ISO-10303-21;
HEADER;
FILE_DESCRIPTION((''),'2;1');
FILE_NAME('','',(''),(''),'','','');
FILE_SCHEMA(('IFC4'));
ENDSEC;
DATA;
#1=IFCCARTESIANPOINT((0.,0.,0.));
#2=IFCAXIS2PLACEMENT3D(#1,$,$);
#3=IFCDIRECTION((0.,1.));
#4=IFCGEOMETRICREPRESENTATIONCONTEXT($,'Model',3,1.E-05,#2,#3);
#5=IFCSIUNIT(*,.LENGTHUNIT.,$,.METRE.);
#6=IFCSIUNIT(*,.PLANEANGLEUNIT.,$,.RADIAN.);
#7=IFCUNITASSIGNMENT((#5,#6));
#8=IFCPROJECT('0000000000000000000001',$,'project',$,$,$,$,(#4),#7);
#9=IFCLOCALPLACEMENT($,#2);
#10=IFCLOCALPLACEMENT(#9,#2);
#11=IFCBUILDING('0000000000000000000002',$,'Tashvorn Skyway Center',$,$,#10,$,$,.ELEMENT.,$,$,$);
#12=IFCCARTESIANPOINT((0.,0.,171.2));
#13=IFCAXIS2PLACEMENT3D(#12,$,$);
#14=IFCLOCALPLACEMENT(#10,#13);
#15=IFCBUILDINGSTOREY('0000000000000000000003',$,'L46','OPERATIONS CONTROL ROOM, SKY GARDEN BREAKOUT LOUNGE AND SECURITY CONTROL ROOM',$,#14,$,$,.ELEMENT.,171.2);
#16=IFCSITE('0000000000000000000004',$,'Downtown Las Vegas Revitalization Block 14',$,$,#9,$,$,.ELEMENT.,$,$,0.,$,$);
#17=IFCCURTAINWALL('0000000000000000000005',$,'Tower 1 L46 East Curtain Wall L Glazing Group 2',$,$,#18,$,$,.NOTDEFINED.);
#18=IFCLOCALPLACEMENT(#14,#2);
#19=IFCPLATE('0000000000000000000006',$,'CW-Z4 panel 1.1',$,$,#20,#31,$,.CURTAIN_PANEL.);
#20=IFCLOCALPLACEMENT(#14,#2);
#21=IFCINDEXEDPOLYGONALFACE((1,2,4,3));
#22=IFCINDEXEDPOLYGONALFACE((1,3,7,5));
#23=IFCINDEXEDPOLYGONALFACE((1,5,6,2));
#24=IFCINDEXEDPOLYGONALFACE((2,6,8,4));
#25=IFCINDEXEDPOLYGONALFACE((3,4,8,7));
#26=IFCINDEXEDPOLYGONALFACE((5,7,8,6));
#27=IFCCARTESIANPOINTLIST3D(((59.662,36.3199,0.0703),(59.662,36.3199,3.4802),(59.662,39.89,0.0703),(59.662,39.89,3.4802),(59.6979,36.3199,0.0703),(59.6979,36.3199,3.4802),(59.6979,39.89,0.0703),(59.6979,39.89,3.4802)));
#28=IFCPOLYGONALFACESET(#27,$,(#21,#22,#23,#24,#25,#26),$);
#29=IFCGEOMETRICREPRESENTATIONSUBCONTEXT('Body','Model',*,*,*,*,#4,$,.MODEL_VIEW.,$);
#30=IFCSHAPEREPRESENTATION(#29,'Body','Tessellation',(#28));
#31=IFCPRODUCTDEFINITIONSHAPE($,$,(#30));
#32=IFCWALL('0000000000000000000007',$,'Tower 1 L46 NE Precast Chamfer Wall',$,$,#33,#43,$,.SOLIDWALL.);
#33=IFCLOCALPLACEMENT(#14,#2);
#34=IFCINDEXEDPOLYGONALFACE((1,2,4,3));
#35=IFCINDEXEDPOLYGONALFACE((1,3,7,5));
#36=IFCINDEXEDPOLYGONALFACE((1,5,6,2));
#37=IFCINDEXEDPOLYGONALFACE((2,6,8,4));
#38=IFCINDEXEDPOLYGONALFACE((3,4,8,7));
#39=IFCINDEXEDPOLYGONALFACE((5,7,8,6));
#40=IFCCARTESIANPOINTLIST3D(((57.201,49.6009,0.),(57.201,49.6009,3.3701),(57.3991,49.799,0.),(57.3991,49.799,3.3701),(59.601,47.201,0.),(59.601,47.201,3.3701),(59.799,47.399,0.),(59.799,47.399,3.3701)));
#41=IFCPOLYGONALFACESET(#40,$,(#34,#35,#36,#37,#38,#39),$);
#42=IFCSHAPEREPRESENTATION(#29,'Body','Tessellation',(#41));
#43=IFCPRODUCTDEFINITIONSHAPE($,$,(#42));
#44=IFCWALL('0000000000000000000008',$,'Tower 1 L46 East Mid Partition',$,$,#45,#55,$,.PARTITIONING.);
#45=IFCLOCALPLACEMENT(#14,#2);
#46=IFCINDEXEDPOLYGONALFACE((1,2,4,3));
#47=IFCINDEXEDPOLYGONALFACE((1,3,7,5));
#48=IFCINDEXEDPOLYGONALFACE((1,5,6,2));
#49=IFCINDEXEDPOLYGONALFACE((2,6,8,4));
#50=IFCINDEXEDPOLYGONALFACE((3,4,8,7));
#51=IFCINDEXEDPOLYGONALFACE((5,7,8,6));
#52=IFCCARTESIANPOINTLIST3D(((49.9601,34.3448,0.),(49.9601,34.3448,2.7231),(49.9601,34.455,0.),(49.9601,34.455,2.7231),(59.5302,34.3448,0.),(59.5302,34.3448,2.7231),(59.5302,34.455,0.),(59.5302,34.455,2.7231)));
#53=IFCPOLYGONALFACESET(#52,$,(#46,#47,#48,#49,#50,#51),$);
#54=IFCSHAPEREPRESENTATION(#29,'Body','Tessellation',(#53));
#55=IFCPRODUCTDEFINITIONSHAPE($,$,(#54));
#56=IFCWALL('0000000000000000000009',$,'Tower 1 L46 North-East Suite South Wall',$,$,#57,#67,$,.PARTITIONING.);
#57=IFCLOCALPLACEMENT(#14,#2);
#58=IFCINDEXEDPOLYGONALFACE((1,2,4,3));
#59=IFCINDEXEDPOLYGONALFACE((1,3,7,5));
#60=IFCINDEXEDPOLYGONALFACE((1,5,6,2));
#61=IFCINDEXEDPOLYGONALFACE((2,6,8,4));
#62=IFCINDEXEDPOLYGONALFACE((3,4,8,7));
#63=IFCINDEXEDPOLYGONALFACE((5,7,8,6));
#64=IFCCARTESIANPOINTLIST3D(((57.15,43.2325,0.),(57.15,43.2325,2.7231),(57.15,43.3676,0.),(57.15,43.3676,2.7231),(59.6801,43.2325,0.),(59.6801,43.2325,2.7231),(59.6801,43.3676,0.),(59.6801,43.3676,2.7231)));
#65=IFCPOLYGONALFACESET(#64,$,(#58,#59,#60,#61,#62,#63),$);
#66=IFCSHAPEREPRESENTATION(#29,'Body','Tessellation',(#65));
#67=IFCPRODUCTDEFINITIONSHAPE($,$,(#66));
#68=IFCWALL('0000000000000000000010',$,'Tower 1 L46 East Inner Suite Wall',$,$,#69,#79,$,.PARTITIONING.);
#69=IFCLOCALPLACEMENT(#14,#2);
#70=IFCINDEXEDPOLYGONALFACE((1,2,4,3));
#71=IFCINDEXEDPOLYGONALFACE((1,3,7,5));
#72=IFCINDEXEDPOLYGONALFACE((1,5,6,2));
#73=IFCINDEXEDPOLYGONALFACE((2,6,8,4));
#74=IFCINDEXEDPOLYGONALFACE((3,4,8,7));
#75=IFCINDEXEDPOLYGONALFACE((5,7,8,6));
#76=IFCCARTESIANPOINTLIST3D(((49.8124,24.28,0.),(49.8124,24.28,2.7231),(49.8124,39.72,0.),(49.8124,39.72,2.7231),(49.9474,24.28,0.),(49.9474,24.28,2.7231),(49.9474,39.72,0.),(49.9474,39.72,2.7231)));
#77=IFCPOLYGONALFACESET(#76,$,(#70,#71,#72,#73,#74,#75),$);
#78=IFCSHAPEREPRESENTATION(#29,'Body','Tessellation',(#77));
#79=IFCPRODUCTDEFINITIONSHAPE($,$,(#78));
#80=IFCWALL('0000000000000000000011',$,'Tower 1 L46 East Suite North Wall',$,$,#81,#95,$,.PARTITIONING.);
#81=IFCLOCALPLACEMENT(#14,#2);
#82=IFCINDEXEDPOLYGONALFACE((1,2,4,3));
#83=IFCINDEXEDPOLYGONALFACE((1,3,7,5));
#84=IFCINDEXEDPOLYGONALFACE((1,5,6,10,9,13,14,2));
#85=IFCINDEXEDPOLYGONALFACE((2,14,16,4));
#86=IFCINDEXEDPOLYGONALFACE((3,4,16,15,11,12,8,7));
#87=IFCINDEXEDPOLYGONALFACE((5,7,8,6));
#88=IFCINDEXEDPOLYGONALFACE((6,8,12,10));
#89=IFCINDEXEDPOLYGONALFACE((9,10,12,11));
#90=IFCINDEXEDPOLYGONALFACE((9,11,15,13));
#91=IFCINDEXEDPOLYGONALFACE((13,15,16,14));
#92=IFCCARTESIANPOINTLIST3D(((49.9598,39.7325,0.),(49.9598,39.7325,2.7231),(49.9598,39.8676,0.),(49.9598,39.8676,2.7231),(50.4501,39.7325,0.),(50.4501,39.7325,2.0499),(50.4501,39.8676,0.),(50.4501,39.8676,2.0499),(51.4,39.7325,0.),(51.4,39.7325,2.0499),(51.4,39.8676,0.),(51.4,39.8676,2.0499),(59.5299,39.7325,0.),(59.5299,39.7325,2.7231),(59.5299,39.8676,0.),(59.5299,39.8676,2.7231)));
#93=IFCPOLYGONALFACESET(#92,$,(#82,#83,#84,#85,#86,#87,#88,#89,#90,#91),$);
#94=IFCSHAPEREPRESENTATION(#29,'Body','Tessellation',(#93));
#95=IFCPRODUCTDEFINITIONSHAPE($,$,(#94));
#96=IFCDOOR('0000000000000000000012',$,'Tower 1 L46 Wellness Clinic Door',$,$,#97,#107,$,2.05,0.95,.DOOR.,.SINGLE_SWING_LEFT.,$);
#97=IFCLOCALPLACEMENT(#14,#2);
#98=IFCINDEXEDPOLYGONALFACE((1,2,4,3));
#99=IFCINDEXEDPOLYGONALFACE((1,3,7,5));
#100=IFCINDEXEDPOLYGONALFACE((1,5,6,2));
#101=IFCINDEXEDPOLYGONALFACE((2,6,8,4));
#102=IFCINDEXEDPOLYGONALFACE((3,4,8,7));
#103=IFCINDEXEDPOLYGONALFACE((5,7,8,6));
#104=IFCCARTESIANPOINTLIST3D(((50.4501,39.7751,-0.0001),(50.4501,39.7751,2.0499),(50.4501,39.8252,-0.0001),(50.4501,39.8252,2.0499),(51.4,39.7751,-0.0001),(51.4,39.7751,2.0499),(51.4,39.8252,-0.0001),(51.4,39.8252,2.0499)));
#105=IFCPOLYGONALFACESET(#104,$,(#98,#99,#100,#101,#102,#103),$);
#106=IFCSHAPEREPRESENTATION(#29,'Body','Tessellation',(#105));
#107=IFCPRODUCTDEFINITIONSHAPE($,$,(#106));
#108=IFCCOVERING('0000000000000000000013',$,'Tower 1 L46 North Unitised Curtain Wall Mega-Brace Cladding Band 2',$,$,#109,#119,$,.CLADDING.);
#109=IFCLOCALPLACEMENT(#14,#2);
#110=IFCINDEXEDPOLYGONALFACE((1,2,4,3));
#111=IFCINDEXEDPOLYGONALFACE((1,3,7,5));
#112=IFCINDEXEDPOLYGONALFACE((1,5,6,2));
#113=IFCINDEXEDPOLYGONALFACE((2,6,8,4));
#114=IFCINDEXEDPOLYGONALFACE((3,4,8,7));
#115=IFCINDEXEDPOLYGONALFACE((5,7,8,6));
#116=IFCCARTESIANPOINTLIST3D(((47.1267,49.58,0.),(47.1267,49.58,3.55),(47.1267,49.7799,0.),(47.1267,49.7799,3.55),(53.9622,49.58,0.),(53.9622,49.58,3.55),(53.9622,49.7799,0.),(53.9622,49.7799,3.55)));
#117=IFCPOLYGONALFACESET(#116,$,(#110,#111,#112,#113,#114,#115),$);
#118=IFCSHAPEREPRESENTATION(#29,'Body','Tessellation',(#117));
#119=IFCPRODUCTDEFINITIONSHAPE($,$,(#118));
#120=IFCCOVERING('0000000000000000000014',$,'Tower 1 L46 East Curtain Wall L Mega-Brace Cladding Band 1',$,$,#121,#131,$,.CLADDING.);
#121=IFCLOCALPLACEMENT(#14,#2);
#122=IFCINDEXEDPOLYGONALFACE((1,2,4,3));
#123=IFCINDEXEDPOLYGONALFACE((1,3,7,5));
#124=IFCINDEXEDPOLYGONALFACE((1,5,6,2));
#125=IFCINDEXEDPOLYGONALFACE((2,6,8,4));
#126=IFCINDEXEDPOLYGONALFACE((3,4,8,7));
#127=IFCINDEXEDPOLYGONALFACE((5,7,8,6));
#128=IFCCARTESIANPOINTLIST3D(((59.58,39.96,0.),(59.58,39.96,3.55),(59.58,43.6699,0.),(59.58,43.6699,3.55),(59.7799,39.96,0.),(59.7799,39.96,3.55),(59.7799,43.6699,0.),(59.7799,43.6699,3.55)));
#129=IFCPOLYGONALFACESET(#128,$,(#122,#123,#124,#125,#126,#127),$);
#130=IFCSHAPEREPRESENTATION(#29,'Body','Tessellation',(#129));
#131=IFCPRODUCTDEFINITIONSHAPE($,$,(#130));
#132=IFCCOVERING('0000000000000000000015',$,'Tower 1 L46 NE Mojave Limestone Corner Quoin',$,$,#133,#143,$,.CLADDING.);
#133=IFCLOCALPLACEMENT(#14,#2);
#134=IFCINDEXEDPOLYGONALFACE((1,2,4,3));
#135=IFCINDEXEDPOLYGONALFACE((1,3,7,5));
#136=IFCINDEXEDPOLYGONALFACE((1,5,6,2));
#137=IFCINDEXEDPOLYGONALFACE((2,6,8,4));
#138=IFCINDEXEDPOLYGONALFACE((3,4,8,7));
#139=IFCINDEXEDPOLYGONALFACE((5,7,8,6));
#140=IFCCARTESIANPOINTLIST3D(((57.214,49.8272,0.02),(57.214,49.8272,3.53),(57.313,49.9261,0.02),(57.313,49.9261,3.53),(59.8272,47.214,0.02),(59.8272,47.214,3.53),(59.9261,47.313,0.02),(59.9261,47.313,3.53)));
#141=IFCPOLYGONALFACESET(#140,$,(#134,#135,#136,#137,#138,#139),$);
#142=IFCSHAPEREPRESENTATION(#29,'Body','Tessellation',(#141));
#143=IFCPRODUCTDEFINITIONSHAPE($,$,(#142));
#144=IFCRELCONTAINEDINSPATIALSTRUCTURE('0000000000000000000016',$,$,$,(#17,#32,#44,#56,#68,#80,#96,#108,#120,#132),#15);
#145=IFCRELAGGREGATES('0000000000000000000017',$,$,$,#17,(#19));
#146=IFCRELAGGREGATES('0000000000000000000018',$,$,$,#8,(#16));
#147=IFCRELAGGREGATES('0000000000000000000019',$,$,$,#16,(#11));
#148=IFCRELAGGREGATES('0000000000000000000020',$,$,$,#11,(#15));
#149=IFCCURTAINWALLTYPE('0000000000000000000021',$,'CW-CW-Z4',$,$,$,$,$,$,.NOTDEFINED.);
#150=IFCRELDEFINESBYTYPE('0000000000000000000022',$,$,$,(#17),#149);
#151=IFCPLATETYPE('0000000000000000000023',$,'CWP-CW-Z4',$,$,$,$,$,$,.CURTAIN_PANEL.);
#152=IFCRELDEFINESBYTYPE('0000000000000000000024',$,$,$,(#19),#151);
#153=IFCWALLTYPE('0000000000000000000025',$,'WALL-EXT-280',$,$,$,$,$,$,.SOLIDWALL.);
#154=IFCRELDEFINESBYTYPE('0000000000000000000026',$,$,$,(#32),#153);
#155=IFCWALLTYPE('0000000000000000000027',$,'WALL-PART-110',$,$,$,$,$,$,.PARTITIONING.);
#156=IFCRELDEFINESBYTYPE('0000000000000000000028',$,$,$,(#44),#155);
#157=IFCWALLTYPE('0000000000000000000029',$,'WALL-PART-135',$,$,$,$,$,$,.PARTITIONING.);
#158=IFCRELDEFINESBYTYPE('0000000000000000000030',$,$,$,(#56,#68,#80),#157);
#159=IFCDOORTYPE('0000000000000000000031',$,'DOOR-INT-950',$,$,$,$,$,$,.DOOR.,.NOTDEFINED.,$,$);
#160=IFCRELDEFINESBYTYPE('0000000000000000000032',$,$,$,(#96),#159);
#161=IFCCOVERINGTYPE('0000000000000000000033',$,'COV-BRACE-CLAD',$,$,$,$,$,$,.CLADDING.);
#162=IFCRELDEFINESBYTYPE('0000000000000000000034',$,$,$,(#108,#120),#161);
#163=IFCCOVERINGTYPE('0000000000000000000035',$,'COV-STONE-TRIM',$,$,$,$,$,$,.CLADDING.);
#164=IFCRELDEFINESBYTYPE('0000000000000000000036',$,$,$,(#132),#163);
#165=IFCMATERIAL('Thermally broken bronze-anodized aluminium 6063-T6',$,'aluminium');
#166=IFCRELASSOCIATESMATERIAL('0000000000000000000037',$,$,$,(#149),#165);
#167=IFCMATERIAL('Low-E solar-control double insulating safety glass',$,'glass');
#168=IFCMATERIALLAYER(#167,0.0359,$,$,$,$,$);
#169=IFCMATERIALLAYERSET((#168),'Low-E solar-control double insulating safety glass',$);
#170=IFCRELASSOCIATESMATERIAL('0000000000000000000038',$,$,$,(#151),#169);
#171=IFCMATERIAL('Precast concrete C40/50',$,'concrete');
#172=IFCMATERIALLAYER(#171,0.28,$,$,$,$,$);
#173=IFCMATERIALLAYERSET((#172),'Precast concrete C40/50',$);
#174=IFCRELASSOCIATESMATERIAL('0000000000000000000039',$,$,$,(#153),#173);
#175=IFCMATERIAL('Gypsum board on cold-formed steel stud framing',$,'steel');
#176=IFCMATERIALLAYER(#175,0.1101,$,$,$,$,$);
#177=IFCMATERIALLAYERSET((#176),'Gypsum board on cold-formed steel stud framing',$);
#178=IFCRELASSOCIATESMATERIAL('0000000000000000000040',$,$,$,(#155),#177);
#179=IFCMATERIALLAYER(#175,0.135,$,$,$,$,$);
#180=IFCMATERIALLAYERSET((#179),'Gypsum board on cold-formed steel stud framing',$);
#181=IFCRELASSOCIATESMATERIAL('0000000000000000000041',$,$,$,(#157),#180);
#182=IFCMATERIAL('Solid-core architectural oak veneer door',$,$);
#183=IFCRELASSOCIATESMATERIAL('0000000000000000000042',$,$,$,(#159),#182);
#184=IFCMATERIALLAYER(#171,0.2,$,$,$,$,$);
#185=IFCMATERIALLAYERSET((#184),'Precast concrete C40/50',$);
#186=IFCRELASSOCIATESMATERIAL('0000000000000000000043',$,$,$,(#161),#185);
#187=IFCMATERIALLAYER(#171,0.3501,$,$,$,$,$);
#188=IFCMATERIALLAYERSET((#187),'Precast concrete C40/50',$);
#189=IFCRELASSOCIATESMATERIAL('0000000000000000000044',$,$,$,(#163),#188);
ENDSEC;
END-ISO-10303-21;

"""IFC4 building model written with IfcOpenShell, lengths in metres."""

from ifc_helpers import new_model, si_unit, direction, frame, frame_2d, origin, origin_2d, place, context, subcontext, project, spatial, rectangle, extrude, material, layer, layer_set, type_object, element, fill, aggregate, save


model = new_model("IFC4")

# Units and contexts
model_context = context("Model", 3, precision=1e-05, world=origin(), true_north=direction((0.0, 1.0)))
body_context = subcontext(model_context, "Body", "Model", "MODEL_VIEW")
ifc_project = project(units=[si_unit("LENGTHUNIT", "METRE"), si_unit("PLANEANGLEUNIT", "RADIAN")], contexts=[model_context])

# Site, building, storey
site_placement = place(None, origin())
site = spatial("IfcSite", under=ifc_project, at=site_placement, Name="Downtown Las Vegas Revitalization Block 14", CompositionType="ELEMENT", RefElevation=0.0)
building_placement = place(site_placement, origin())
building = spatial("IfcBuilding", under=site, at=building_placement, Name="Tashvorn Skyway Center", CompositionType="ELEMENT")
storey_placement = place(building_placement, frame((0.0, 0.0, 171.2)))
storey = spatial("IfcBuildingStorey", under=building, at=storey_placement, Name="L46", Description="OPERATIONS CONTROL ROOM, SKY GARDEN BREAKOUT LOUNGE AND SECURITY CONTROL ROOM", CompositionType="ELEMENT", Elevation=171.2)

# Curtain wall
ifc_material_1 = material(Name="Thermally broken bronze-anodized aluminium 6063-T6", Category="aluminium")
curtain_wall_type = type_object("IfcCurtainWallType", Name="CW-CW-Z4", PredefinedType="NOTDEFINED", material=ifc_material_1)
curtain_wall_1_placement = place(storey_placement, origin())
curtain_wall_1 = element("IfcCurtainWall", 1, at=curtain_wall_1_placement, inside=storey, type_object=curtain_wall_type, Name="Tower 1 L46 East Curtain Wall L Glazing Group 2", PredefinedType="NOTDEFINED")

# Plate
ifc_material_2 = material(Name="Low-E solar-control double insulating safety glass", Category="glass")
ifc_layer_1 = layer(ifc_material_2, 0.0359)
ifc_layer_set_1 = layer_set([ifc_layer_1], Name="Low-E solar-control double insulating safety glass")
plate_type = type_object("IfcPlateType", Name="CWP-CW-Z4", PredefinedType="CURTAIN_PANEL", material=ifc_layer_set_1)
plate_1_placement = place(storey_placement, frame((59.6799, 38.105, 0.0703), z_axis=(0.0, 0.0, 1.0), x_axis=(0.0, -1.0, 0.0)))
plate_1 = element("IfcPlate", 2, at=plate_1_placement, type_object=plate_type, Name="CW-Z4 panel 1.1", PredefinedType="CURTAIN_PANEL", context=body_context, shape_type="SweptSolid", body=[
    extrude(rectangle(XDim=3.5701, YDim=0.0359, at=origin_2d()), origin(), (0.0, 0.0, 1.0), 3.4099),
])
aggregate(curtain_wall_1, [plate_1])

# Shared definitions
ifc_material_3 = material(Name="Precast concrete C40/50", Category="concrete")
ifc_layer_2 = layer(ifc_material_3, 0.28)
ifc_layer_set_2 = layer_set([ifc_layer_2], Name="Precast concrete C40/50")
wall_type_1 = type_object("IfcWallType", Name="WALL-EXT-280", PredefinedType="SOLIDWALL", material=ifc_layer_set_2)

# Walls
wall_1_placement = place(storey_placement, frame((57.3, 49.7, 0.0), z_axis=(0.0, 0.0, 1.0), x_axis=(0.707107, -0.707107, 0.0)))
element("IfcWall", 3, at=wall_1_placement, inside=storey, type_object=wall_type_1, Name="Tower 1 L46 NE Precast Chamfer Wall", PredefinedType="SOLIDWALL", context=body_context, shape_type="SweptSolid", body=[
    extrude(rectangle(XDim=3.394, YDim=0.28, at=frame_2d((1.697, 0.0))), origin(), (0.0, 0.0, 1.0), 3.3701),
])
ifc_material_4 = material(Name="Gypsum board on cold-formed steel stud framing", Category="steel")
ifc_layer_3 = layer(ifc_material_4, 0.1101)
ifc_layer_set_3 = layer_set([ifc_layer_3], Name="Gypsum board on cold-formed steel stud framing")
wall_type_2 = type_object("IfcWallType", Name="WALL-PART-110", PredefinedType="PARTITIONING", material=ifc_layer_set_3)
wall_2_placement = place(storey_placement, frame((49.96, 34.3999, 0.0), z_axis=(0.0, 0.0, 1.0), x_axis=(1.0, 0.0, 0.0)))
element("IfcWall", 4, at=wall_2_placement, inside=storey, type_object=wall_type_2, Name="Tower 1 L46 East Mid Partition", PredefinedType="PARTITIONING", context=body_context, shape_type="SweptSolid", body=[
    extrude(rectangle(XDim=9.5701, YDim=0.1101, at=frame_2d((4.7852, 0.0))), origin(), (0.0, 0.0, 1.0), 2.7231),
])
ifc_layer_4 = layer(ifc_material_4, 0.135)
ifc_layer_set_4 = layer_set([ifc_layer_4], Name="Gypsum board on cold-formed steel stud framing")
wall_type_3 = type_object("IfcWallType", Name="WALL-PART-135", PredefinedType="PARTITIONING", material=ifc_layer_set_4)
wall_3_placement = place(storey_placement, frame((57.1499, 43.3, 0.0), z_axis=(0.0, 0.0, 1.0), x_axis=(1.0, 0.0, 0.0)))
element("IfcWall", 5, at=wall_3_placement, inside=storey, type_object=wall_type_3, Name="Tower 1 L46 North-East Suite South Wall", PredefinedType="PARTITIONING", context=body_context, shape_type="SweptSolid", body=[
    extrude(rectangle(XDim=2.53, YDim=0.135, at=frame_2d((1.2651, 0.0))), origin(), (0.0, 0.0, 1.0), 2.7231),
])
wall_4_placement = place(storey_placement, frame((49.8799, 39.72, 0.0), z_axis=(0.0, 0.0, 1.0), x_axis=(0.0, -1.0, 0.0)))
element("IfcWall", 6, at=wall_4_placement, inside=storey, type_object=wall_type_3, Name="Tower 1 L46 East Inner Suite Wall", PredefinedType="PARTITIONING", context=body_context, shape_type="SweptSolid", body=[
    extrude(rectangle(XDim=15.4399, YDim=0.135, at=frame_2d((7.72, 0.0))), origin(), (0.0, 0.0, 1.0), 2.7231),
])

# Wall, opening, door
wall_5_placement = place(storey_placement, frame((59.53, 39.8, 0.0), z_axis=(0.0, 0.0, 1.0), x_axis=(-1.0, 0.0, 0.0)))
wall_5 = element("IfcWall", 7, at=wall_5_placement, inside=storey, type_object=wall_type_3, Name="Tower 1 L46 East Suite North Wall", PredefinedType="PARTITIONING", context=body_context, shape_type="SweptSolid", body=[
    extrude(rectangle(XDim=9.5701, YDim=0.135, at=frame_2d((4.7852, 0.0))), origin(), (0.0, 0.0, 1.0), 2.7231),
])
opening_1_placement = place(wall_5_placement, frame((8.1299, 0.0, 0.0)))
opening_1 = element("IfcOpeningElement", 8, at=opening_1_placement, cuts=wall_5, PredefinedType="OPENING", context=body_context, shape_type="SweptSolid", body=[
    extrude(rectangle(XDim=0.95, YDim=2.05, at=frame_2d((0.4751, 1.0249))), frame((0.0, 0.0774, 0.0), z_axis=(0.0, -1.0, 0.0), x_axis=(1.0, 0.0, 0.0)), (0.0, 0.0, 1.0), 0.155),
])
ifc_material_5 = material(Name="Solid-core architectural oak veneer door")
door_type_1 = type_object("IfcDoorType", Name="DOOR-INT-950", OperationType="NOTDEFINED", PredefinedType="DOOR", material=ifc_material_5)
door_1_placement = place(opening_1_placement, origin())
door_1 = element("IfcDoor", 9, at=door_1_placement, inside=storey, type_object=door_type_1, Name="Tower 1 L46 Wellness Clinic Door", OperationType="SINGLE_SWING_LEFT", OverallHeight=2.05, OverallWidth=0.95, PredefinedType="DOOR", context=body_context, shape_type="SweptSolid", body=[
    extrude(rectangle(XDim=0.95, YDim=2.05, at=frame_2d((0.4751, 1.0249))), frame((0.0, 0.0249, 0.0), z_axis=(0.0, -1.0, 0.0), x_axis=(1.0, 0.0, 0.0)), (0.0, 0.0, 1.0), 0.05),
])
fill(opening_1, door_1)

# Coverings
ifc_layer_5 = layer(ifc_material_3, 0.2)
ifc_layer_set_5 = layer_set([ifc_layer_5], Name="Precast concrete C40/50")
covering_type_1 = type_object("IfcCoveringType", Name="COV-BRACE-CLAD", PredefinedType="CLADDING", material=ifc_layer_set_5)
covering_1_placement = place(storey_placement, frame((50.5444, 49.6799, 0.0), z_axis=(0.0, 0.0, 1.0), x_axis=(1.0, 0.0, 0.0)))
element("IfcCovering", 10, at=covering_1_placement, inside=storey, type_object=covering_type_1, Name="Tower 1 L46 North Unitised Curtain Wall Mega-Brace Cladding Band 2", PredefinedType="CLADDING", context=body_context, shape_type="SweptSolid", body=[
    extrude(rectangle(XDim=6.8354, YDim=0.2, at=origin_2d()), origin(), (0.0, 0.0, 1.0), 3.55),
])
covering_2_placement = place(storey_placement, frame((59.6799, 41.8149, 0.0), z_axis=(0.0, 0.0, 1.0), x_axis=(0.0, -1.0, 0.0)))
element("IfcCovering", 11, at=covering_2_placement, inside=storey, type_object=covering_type_1, Name="Tower 1 L46 East Curtain Wall L Mega-Brace Cladding Band 1", PredefinedType="CLADDING", context=body_context, shape_type="SweptSolid", body=[
    extrude(rectangle(XDim=3.71, YDim=0.2, at=origin_2d()), origin(), (0.0, 0.0, 1.0), 3.55),
])
ifc_layer_6 = layer(ifc_material_3, 0.3501)
ifc_layer_set_6 = layer_set([ifc_layer_6], Name="Precast concrete C40/50")
covering_type_2 = type_object("IfcCoveringType", Name="COV-STONE-TRIM", PredefinedType="CLADDING", material=ifc_layer_set_6)
covering_3_placement = place(storey_placement, frame((58.5701, 48.5701, 0.02), z_axis=(0.0, 0.0, 1.0), x_axis=(0.707107, -0.707107, 0.0)))
element("IfcCovering", 12, at=covering_3_placement, inside=storey, type_object=covering_type_2, Name="Tower 1 L46 NE Mojave Limestone Corner Quoin", PredefinedType="CLADDING", context=body_context, shape_type="SweptSolid", body=[
    extrude(rectangle(XDim=3.6956, YDim=0.1399, at=origin_2d()), origin(), (0.0, 0.0, 1.0), 3.51),
])

save(model, "model.ifc")
